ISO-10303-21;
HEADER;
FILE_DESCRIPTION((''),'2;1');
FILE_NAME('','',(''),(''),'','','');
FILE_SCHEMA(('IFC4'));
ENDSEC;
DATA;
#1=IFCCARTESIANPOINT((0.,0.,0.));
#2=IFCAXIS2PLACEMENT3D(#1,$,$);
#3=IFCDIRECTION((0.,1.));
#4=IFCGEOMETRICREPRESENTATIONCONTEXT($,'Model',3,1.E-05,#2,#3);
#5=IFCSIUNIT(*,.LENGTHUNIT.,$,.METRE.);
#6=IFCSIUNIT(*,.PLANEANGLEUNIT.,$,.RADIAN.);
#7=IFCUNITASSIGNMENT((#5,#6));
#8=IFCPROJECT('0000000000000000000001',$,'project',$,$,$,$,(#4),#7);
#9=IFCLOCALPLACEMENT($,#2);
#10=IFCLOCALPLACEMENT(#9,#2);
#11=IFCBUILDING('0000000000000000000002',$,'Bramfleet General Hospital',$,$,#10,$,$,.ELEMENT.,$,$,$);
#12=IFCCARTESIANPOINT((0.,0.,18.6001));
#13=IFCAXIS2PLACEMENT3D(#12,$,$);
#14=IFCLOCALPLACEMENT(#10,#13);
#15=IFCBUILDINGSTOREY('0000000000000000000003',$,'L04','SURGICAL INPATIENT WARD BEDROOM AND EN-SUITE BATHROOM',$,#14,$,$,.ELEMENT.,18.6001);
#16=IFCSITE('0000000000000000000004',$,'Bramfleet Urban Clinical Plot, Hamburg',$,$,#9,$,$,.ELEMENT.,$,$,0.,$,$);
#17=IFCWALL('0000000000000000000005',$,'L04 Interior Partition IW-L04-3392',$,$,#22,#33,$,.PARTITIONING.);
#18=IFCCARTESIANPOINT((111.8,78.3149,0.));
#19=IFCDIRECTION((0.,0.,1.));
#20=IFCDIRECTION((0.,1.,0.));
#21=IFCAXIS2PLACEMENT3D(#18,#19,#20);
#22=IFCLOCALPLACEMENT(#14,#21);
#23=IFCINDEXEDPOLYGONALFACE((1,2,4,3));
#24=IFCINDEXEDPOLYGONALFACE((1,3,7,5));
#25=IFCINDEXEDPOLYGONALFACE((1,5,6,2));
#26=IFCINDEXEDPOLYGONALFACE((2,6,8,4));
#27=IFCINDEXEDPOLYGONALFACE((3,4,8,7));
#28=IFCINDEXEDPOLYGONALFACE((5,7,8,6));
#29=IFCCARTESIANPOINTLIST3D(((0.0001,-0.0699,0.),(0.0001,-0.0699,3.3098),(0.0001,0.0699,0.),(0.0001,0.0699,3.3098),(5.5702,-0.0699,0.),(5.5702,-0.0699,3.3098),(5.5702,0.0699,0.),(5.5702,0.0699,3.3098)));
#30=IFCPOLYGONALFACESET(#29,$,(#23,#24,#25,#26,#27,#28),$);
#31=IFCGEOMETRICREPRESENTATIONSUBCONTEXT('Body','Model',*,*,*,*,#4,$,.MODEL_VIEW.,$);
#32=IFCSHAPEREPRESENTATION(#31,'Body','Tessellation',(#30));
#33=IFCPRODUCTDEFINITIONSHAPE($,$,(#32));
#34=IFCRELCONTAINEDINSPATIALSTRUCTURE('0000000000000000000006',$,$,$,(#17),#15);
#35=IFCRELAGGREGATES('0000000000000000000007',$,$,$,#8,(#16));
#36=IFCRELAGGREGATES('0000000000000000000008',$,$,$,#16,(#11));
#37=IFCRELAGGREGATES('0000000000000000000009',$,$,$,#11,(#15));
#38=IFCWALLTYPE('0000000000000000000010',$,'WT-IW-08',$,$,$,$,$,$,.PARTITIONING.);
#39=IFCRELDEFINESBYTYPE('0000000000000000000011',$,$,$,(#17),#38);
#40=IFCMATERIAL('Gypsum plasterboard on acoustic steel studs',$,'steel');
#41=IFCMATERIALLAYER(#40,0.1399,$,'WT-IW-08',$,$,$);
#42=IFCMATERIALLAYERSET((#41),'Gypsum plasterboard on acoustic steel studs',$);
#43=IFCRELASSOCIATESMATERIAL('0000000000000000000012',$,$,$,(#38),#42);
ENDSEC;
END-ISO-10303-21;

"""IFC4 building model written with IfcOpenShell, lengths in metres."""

from ifc_helpers import new_model, si_unit, direction, frame, frame_2d, origin, place, context, subcontext, project, spatial, rectangle, extrude, material, layer, layer_set, type_object, element, save


model = new_model("IFC4")

# Units and contexts
model_context = context("Model", 3, precision=1e-05, world=origin(), true_north=direction((0.0, 1.0)))
body_context = subcontext(model_context, "Body", "Model", "MODEL_VIEW")
ifc_project = project(units=[si_unit("LENGTHUNIT", "METRE"), si_unit("PLANEANGLEUNIT", "RADIAN")], contexts=[model_context])

# Site, building, storey
site_placement = place(None, origin())
site = spatial("IfcSite", under=ifc_project, at=site_placement, Name="Bramfleet Urban Clinical Plot, Hamburg", CompositionType="ELEMENT", RefElevation=0.0)
building_placement = place(site_placement, origin())
building = spatial("IfcBuilding", under=site, at=building_placement, Name="Bramfleet General Hospital", CompositionType="ELEMENT")
storey_placement = place(building_placement, frame((0.0, 0.0, 18.6001)))
storey = spatial("IfcBuildingStorey", under=building, at=storey_placement, Name="L04", Description="SURGICAL INPATIENT WARD BEDROOM AND EN-SUITE BATHROOM", CompositionType="ELEMENT", Elevation=18.6001)

# Wall
ifc_material_1 = material(Name="Gypsum plasterboard on acoustic steel studs", Category="steel")
ifc_layer_1 = layer(ifc_material_1, 0.1399, Name="WT-IW-08")
ifc_layer_set_1 = layer_set([ifc_layer_1], Name="Gypsum plasterboard on acoustic steel studs")
wall_type_1 = type_object("IfcWallType", Name="WT-IW-08", PredefinedType="PARTITIONING", material=ifc_layer_set_1)
wall_1_placement = place(storey_placement, frame((111.8, 78.3149, 0.0), z_axis=(0.0, 0.0, 1.0), x_axis=(0.0, 1.0, 0.0)))
element("IfcWall", 1, at=wall_1_placement, inside=storey, type_object=wall_type_1, Name="L04 Interior Partition IW-L04-3392", PredefinedType="PARTITIONING", context=body_context, shape_type="SweptSolid", body=[
    extrude(rectangle(XDim=5.5701, YDim=0.1399, at=frame_2d((2.7852, 0.0))), origin(), (0.0, 0.0, 1.0), 3.3098),
])

save(model, "model.ifc")
